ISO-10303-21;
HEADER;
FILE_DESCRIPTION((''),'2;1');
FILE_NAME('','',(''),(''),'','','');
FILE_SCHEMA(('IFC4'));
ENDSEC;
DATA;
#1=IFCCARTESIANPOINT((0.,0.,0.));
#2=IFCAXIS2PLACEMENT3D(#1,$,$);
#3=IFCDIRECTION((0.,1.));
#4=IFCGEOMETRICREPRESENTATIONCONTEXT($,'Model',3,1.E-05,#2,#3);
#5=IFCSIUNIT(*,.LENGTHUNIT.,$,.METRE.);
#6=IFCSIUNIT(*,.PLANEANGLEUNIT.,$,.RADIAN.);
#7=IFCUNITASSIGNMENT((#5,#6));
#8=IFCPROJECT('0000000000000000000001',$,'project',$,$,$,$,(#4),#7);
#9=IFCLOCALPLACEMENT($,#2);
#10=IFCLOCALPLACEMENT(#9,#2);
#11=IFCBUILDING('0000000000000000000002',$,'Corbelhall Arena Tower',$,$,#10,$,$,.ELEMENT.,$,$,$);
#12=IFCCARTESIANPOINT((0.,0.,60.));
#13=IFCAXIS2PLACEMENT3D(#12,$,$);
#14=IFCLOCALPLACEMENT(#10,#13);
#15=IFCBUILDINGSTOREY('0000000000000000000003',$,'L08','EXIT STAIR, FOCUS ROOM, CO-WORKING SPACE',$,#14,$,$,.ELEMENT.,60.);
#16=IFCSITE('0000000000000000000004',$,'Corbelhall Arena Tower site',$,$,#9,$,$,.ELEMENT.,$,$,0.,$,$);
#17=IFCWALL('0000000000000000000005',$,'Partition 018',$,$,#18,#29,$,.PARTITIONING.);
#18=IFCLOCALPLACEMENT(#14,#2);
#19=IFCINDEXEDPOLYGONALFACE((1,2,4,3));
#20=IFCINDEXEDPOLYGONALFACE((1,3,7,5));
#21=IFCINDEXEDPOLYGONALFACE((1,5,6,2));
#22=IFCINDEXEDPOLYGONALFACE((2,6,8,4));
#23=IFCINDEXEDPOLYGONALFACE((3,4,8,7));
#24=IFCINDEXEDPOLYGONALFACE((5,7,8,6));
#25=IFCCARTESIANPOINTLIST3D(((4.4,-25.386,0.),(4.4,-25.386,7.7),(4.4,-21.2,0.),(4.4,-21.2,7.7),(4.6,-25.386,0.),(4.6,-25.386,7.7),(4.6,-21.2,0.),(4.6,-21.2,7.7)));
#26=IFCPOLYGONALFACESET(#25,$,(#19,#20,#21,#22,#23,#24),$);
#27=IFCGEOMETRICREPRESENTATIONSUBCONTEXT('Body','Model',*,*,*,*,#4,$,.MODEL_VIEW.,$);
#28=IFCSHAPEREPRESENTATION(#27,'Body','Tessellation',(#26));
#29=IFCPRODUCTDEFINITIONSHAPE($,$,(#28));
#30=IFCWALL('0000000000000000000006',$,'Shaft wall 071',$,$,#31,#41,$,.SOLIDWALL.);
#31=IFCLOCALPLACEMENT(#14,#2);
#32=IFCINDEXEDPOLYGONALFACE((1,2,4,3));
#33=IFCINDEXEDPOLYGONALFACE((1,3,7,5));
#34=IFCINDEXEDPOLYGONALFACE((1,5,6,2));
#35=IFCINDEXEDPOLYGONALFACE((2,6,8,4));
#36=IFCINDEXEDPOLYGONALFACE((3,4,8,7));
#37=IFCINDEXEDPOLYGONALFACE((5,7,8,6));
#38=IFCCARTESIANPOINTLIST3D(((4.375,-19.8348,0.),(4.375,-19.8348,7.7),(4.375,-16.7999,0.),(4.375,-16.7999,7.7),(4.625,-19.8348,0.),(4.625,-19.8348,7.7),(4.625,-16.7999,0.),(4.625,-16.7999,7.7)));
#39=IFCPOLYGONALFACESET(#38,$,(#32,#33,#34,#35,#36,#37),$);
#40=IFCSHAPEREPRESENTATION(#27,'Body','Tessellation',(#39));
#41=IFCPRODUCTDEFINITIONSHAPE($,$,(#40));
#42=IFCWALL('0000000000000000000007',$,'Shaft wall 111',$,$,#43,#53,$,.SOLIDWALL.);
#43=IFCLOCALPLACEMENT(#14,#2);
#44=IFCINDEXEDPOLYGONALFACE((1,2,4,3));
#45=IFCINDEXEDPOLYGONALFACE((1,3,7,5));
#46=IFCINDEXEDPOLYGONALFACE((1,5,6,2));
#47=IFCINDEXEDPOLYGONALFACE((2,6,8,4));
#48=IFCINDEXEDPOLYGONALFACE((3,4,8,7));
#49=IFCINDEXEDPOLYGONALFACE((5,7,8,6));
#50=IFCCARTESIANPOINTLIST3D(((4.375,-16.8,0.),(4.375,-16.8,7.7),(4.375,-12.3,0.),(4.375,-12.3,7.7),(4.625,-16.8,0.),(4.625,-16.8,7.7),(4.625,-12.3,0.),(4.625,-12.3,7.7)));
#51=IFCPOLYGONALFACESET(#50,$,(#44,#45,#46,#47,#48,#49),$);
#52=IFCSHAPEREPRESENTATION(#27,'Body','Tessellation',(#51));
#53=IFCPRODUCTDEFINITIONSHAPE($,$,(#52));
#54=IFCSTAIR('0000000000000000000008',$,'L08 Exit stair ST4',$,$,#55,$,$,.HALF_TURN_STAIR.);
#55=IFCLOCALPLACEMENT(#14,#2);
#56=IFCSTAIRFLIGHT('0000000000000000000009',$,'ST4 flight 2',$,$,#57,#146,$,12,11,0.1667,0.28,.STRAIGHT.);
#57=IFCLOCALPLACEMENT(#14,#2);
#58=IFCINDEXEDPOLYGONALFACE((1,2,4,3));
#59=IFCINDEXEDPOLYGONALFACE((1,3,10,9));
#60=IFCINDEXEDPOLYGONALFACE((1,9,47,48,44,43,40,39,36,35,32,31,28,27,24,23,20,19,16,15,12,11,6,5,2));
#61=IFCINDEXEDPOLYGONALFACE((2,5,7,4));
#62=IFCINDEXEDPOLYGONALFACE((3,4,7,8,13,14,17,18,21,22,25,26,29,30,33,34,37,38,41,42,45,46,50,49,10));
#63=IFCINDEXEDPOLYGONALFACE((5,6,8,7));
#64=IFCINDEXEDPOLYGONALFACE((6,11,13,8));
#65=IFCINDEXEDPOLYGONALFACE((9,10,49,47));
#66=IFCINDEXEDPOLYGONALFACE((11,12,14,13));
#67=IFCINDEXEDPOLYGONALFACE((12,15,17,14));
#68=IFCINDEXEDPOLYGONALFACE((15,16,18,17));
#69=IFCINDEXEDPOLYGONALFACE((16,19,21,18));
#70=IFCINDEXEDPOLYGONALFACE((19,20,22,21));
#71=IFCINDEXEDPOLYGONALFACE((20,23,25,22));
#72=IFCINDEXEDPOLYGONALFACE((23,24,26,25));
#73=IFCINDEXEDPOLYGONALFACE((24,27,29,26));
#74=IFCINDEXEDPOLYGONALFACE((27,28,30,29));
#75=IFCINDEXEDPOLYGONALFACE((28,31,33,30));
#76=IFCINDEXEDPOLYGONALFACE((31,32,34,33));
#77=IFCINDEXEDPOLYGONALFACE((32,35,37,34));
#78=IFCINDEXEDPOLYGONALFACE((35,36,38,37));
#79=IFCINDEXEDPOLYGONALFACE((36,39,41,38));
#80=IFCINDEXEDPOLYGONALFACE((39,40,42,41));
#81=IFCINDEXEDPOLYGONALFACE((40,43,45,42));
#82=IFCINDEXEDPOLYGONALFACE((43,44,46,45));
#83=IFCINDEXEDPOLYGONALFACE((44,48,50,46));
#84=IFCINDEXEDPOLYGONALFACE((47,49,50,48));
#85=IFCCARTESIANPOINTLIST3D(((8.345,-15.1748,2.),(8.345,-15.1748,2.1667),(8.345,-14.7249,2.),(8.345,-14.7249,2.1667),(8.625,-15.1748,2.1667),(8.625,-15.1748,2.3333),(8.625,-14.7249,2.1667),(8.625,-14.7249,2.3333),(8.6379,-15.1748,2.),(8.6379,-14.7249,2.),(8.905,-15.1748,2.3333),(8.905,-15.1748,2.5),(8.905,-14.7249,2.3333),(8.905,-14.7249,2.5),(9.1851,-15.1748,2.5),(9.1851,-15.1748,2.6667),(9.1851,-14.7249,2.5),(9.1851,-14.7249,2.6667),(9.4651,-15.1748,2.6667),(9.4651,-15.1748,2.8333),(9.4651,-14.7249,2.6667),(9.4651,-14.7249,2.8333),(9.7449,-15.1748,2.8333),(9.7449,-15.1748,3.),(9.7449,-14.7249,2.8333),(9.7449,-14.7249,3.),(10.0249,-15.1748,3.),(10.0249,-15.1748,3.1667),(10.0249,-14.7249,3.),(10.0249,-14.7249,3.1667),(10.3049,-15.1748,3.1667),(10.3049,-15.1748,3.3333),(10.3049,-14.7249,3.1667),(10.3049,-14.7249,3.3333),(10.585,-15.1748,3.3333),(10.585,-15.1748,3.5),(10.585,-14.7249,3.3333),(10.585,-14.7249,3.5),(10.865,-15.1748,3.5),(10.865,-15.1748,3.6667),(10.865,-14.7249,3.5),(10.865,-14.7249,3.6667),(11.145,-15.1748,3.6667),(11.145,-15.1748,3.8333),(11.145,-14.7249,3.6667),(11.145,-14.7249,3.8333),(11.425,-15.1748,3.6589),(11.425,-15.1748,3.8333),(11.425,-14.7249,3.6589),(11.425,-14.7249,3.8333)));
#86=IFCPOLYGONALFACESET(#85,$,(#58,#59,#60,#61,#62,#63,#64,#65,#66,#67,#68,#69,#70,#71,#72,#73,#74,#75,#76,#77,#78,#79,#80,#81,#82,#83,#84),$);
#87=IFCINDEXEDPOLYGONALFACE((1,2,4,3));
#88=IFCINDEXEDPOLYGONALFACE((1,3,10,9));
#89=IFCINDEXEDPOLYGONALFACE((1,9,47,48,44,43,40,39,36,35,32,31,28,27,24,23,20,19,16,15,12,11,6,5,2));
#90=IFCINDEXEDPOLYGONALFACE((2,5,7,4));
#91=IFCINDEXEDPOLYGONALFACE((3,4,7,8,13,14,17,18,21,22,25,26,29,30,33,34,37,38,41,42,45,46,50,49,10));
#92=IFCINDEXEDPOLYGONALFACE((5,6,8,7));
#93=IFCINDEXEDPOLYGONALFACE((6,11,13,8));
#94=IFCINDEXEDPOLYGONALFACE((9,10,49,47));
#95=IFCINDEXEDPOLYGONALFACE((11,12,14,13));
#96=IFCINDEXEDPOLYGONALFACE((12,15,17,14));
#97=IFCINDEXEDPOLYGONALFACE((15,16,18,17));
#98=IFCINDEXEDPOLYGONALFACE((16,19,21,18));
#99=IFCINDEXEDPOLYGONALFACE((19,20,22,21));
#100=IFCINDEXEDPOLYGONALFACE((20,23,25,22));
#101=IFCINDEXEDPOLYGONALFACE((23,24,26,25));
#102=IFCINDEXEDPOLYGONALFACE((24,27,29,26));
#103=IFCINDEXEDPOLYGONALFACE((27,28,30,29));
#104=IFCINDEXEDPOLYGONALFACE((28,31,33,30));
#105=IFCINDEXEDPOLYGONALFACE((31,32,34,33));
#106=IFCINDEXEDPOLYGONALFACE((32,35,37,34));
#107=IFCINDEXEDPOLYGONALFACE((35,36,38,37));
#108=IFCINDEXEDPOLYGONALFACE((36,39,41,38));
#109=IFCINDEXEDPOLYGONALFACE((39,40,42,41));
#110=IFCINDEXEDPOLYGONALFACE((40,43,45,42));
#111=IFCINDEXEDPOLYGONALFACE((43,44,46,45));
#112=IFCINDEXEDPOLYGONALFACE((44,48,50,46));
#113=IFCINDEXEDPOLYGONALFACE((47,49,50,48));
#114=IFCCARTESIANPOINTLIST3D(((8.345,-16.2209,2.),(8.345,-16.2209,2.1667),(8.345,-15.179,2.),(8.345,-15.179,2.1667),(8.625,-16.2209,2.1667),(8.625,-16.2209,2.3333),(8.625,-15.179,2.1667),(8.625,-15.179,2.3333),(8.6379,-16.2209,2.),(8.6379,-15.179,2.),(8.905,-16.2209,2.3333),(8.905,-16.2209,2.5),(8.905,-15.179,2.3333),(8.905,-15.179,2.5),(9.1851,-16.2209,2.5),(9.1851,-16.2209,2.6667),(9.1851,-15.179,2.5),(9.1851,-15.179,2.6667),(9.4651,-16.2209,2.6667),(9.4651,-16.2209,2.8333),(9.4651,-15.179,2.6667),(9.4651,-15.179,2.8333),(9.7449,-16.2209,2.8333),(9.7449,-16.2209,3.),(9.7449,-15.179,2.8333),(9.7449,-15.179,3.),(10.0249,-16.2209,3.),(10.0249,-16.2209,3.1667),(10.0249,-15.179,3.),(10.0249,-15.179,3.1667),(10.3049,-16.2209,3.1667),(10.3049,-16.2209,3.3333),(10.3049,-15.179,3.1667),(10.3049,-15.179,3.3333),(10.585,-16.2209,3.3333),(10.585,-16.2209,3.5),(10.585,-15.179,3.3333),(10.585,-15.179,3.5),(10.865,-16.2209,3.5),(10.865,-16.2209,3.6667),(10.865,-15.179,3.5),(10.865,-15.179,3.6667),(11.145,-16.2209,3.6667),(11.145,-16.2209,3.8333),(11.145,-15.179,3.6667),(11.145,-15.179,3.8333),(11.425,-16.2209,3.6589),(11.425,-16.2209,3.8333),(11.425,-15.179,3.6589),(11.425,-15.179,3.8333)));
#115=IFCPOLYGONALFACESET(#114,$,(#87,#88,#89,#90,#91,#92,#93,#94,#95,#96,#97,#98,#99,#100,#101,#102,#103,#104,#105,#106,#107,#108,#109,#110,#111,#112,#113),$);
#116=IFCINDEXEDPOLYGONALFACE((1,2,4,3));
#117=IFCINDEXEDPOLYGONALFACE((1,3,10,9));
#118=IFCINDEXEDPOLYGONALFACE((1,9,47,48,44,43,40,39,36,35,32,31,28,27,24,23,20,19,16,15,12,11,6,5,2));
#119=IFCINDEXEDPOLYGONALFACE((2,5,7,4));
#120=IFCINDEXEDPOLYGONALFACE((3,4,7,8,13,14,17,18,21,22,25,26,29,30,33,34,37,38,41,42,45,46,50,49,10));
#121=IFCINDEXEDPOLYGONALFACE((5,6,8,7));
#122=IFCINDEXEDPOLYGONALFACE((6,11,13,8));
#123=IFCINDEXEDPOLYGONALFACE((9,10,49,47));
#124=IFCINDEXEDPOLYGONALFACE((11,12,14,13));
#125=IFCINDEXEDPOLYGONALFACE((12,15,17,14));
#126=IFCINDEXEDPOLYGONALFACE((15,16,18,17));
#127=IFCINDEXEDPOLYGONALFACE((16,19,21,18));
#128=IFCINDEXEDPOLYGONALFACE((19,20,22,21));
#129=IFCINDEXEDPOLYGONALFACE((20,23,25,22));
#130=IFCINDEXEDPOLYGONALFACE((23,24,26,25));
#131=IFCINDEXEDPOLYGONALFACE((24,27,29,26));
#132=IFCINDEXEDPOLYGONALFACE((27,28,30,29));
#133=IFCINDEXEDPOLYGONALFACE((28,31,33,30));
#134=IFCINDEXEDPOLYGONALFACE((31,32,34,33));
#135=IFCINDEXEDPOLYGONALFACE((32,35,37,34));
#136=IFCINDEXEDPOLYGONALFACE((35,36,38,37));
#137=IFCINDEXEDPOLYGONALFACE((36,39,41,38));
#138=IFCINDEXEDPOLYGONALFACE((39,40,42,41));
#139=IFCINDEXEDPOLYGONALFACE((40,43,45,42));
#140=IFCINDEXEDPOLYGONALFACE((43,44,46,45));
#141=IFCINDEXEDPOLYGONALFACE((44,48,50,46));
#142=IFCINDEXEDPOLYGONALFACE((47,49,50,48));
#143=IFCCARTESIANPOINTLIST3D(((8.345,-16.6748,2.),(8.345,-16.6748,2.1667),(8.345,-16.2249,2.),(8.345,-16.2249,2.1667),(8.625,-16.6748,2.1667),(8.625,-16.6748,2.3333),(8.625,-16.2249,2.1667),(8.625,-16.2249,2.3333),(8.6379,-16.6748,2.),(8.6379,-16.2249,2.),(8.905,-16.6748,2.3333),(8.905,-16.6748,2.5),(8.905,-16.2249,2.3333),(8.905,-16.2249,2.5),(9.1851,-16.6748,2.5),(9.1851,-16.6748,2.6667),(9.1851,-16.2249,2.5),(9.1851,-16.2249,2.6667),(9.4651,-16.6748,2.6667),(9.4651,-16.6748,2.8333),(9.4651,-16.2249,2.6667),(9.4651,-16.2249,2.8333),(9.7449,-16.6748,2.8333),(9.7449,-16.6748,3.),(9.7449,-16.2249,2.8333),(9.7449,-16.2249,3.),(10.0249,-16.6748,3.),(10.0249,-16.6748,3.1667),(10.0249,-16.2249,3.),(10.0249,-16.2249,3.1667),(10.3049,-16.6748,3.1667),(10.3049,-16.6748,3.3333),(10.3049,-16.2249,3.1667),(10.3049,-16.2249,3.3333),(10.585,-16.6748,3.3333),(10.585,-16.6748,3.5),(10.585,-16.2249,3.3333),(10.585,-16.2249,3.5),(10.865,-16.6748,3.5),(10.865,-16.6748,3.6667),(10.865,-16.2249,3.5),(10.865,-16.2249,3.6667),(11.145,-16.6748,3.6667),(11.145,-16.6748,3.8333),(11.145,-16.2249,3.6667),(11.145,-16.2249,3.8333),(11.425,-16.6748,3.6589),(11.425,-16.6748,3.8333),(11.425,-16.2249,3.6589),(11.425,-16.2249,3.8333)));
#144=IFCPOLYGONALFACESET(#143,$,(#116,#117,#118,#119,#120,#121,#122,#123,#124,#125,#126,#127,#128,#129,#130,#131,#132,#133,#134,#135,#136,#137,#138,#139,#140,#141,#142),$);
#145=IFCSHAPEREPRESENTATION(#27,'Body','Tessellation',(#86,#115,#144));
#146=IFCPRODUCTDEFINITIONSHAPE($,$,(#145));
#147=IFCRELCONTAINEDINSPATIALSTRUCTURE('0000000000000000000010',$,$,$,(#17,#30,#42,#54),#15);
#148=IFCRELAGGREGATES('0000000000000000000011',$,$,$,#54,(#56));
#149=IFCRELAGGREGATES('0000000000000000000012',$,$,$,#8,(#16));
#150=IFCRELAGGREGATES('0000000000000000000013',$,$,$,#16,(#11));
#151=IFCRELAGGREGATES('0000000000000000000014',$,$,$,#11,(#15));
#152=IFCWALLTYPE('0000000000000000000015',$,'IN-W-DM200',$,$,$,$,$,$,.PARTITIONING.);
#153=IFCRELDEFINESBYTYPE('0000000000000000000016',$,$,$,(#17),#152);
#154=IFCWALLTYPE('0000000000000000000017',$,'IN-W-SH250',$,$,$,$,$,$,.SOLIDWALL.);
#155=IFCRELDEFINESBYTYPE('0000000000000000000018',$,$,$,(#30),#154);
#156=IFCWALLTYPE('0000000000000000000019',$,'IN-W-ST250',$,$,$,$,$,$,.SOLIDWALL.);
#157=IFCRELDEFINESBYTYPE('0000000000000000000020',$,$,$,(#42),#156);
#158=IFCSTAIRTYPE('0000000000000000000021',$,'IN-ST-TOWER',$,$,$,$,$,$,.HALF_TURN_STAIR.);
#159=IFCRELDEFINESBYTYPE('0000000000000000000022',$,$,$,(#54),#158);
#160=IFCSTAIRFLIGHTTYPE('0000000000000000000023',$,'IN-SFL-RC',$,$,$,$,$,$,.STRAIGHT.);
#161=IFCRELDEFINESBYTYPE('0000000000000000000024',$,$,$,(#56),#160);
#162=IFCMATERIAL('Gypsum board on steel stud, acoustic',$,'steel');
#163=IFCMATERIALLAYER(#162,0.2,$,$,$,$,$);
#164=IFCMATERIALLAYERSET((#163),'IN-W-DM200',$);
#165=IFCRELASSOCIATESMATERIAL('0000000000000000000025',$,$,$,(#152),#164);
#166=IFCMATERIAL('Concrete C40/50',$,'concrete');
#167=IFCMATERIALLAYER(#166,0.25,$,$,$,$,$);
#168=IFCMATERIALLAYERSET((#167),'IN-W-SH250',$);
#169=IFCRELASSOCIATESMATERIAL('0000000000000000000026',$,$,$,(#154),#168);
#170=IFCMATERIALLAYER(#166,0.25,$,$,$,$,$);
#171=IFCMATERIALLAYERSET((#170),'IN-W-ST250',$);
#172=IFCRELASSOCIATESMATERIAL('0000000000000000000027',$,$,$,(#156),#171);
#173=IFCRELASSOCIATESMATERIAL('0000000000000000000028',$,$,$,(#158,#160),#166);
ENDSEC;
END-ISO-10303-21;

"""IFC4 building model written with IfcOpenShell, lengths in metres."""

from ifc_helpers import new_model, si_unit, direction, frame, frame_2d, origin, place, context, subcontext, project, spatial, polyline, rectangle, outline, extrude, material, layer, layer_set, type_object, element, aggregate, save


model = new_model("IFC4")

# Units and contexts
model_context = context("Model", 3, precision=1e-05, world=origin(), true_north=direction((0.0, 1.0)))
body_context = subcontext(model_context, "Body", "Model", "MODEL_VIEW")
ifc_project = project(units=[si_unit("LENGTHUNIT", "METRE"), si_unit("PLANEANGLEUNIT", "RADIAN")], contexts=[model_context])

# Site, building, storey
site_placement = place(None, origin())
site = spatial("IfcSite", under=ifc_project, at=site_placement, Name="Corbelhall Arena Tower site", CompositionType="ELEMENT", RefElevation=0.0)
building_placement = place(site_placement, origin())
building = spatial("IfcBuilding", under=site, at=building_placement, Name="Corbelhall Arena Tower", CompositionType="ELEMENT")
storey_placement = place(building_placement, frame((0.0, 0.0, 60.0)))
storey = spatial("IfcBuildingStorey", under=building, at=storey_placement, Name="L08", Description="EXIT STAIR, FOCUS ROOM, CO-WORKING SPACE", CompositionType="ELEMENT", Elevation=60.0)

# Wall
ifc_material_1 = material(Name="Gypsum board on steel stud, acoustic", Category="steel")
ifc_layer_1 = layer(ifc_material_1, 0.2)
ifc_layer_set_1 = layer_set([ifc_layer_1], Name="IN-W-DM200")
wall_type_1 = type_object("IfcWallType", Name="IN-W-DM200", PredefinedType="PARTITIONING", material=ifc_layer_set_1)
wall_1_placement = place(storey_placement, frame((4.5, -21.2, 0.0), z_axis=(0.0, 0.0, 1.0), x_axis=(0.0, -1.0, 0.0)))
element("IfcWall", 1, at=wall_1_placement, inside=storey, type_object=wall_type_1, Name="Partition 018", PredefinedType="PARTITIONING", context=body_context, shape_type="SweptSolid", body=[
    extrude(rectangle(XDim=4.186, YDim=0.2, at=frame_2d((2.093, 0.0))), origin(), (0.0, 0.0, 1.0), 7.7),
])

# Walls
ifc_material_2 = material(Name="Concrete C40/50", Category="concrete")
ifc_layer_2 = layer(ifc_material_2, 0.25)
ifc_layer_set_2 = layer_set([ifc_layer_2], Name="IN-W-SH250")
wall_type_2 = type_object("IfcWallType", Name="IN-W-SH250", PredefinedType="SOLIDWALL", material=ifc_layer_set_2)
wall_2_placement = place(storey_placement, frame((4.5, -19.835, 0.0), z_axis=(0.0, 0.0, 1.0), x_axis=(0.0, 1.0, 0.0)))
element("IfcWall", 2, at=wall_2_placement, inside=storey, type_object=wall_type_2, Name="Shaft wall 071", PredefinedType="SOLIDWALL", context=body_context, shape_type="SweptSolid", body=[
    extrude(rectangle(XDim=3.0349, YDim=0.25, at=frame_2d((1.5176, 0.0))), origin(), (0.0, 0.0, 1.0), 7.7),
])
ifc_layer_3 = layer(ifc_material_2, 0.25)
ifc_layer_set_3 = layer_set([ifc_layer_3], Name="IN-W-ST250")
wall_type_3 = type_object("IfcWallType", Name="IN-W-ST250", PredefinedType="SOLIDWALL", material=ifc_layer_set_3)
wall_3_placement = place(storey_placement, frame((4.5, -16.8, 0.0), z_axis=(0.0, 0.0, 1.0), x_axis=(0.0, 1.0, 0.0)))
element("IfcWall", 3, at=wall_3_placement, inside=storey, type_object=wall_type_3, Name="Shaft wall 111", PredefinedType="SOLIDWALL", context=body_context, shape_type="SweptSolid", body=[
    extrude(rectangle(XDim=4.5, YDim=0.25, at=frame_2d((2.25, 0.0))), origin(), (0.0, 0.0, 1.0), 7.7),
])

# Stair, stair flight
stair_type = type_object("IfcStairType", Name="IN-ST-TOWER", PredefinedType="HALF_TURN_STAIR", material=ifc_material_2)
stair_placement = place(storey_placement, origin())
stair = element("IfcStair", 4, at=stair_placement, inside=storey, type_object=stair_type, Name="L08 Exit stair ST4", PredefinedType="HALF_TURN_STAIR")
stair_flight_type = type_object("IfcStairFlightType", Name="IN-SFL-RC", PredefinedType="STRAIGHT", material=ifc_material_2)
stair_flight_1_placement = place(storey_placement, frame((8.345, -15.7, 2.0), z_axis=(0.0, 0.0, 1.0), x_axis=(1.0, 0.0, 0.0)))
stair_flight_1 = element("IfcStairFlight", 5, at=stair_flight_1_placement, type_object=stair_flight_type, Name="ST4 flight 2", NumberOfRisers=12, NumberOfTreads=11, PredefinedType="STRAIGHT", RiserHeight=0.1667, TreadLength=0.28, context=body_context, shape_type="SweptSolid", body=[
    extrude(outline(polyline([(0.0, 0.0), (0.0, 0.1667), (0.28, 0.1667), (0.28, 0.3333), (0.5601, 0.3333), (0.5601, 0.5), (0.8401, 0.5), (0.8401, 0.6667), (1.1201, 0.6667), (1.1201, 0.8333), (1.3999, 0.8333), (1.3999, 1.0), (1.6799, 1.0), (1.6799, 1.1667), (1.96, 1.1667), (1.96, 1.3333), (2.24, 1.3333), (2.24, 1.5), (2.52, 1.5), (2.52, 1.6667), (2.8, 1.6667), (2.8, 1.8333), (3.0801, 1.8333), (3.0801, 2.0), (3.0801, 1.6589), (0.293, 0.0), (0.0, 0.0)])), frame((0.0, 0.9751, 0.0), z_axis=(0.0, -1.0, 0.0), x_axis=(1.0, 0.0, 0.0)), (0.0, 0.0, 1.0), 0.45),
    extrude(outline(polyline([(0.0, 0.0), (0.0, 0.1667), (0.28, 0.1667), (0.28, 0.3333), (0.5601, 0.3333), (0.5601, 0.5), (0.8401, 0.5), (0.8401, 0.6667), (1.1201, 0.6667), (1.1201, 0.8333), (1.3999, 0.8333), (1.3999, 1.0), (1.6799, 1.0), (1.6799, 1.1667), (1.96, 1.1667), (1.96, 1.3333), (2.24, 1.3333), (2.24, 1.5), (2.52, 1.5), (2.52, 1.6667), (2.8, 1.6667), (2.8, 1.8333), (3.0801, 1.8333), (3.0801, 2.0), (3.0801, 1.6589), (0.293, 0.0), (0.0, 0.0)])), frame((0.0, 0.521, 0.0), z_axis=(0.0, -1.0, 0.0), x_axis=(1.0, 0.0, 0.0)), (0.0, 0.0, 1.0), 1.042),
    extrude(outline(polyline([(0.0, 0.0), (0.0, 0.1667), (0.28, 0.1667), (0.28, 0.3333), (0.5601, 0.3333), (0.5601, 0.5), (0.8401, 0.5), (0.8401, 0.6667), (1.1201, 0.6667), (1.1201, 0.8333), (1.3999, 0.8333), (1.3999, 1.0), (1.6799, 1.0), (1.6799, 1.1667), (1.96, 1.1667), (1.96, 1.3333), (2.24, 1.3333), (2.24, 1.5), (2.52, 1.5), (2.52, 1.6667), (2.8, 1.6667), (2.8, 1.8333), (3.0801, 1.8333), (3.0801, 2.0), (3.0801, 1.6589), (0.293, 0.0), (0.0, 0.0)])), frame((0.0, -0.5249, 0.0), z_axis=(0.0, -1.0, 0.0), x_axis=(1.0, 0.0, 0.0)), (0.0, 0.0, 1.0), 0.45),
])
aggregate(stair, [stair_flight_1])

save(model, "model.ifc")
